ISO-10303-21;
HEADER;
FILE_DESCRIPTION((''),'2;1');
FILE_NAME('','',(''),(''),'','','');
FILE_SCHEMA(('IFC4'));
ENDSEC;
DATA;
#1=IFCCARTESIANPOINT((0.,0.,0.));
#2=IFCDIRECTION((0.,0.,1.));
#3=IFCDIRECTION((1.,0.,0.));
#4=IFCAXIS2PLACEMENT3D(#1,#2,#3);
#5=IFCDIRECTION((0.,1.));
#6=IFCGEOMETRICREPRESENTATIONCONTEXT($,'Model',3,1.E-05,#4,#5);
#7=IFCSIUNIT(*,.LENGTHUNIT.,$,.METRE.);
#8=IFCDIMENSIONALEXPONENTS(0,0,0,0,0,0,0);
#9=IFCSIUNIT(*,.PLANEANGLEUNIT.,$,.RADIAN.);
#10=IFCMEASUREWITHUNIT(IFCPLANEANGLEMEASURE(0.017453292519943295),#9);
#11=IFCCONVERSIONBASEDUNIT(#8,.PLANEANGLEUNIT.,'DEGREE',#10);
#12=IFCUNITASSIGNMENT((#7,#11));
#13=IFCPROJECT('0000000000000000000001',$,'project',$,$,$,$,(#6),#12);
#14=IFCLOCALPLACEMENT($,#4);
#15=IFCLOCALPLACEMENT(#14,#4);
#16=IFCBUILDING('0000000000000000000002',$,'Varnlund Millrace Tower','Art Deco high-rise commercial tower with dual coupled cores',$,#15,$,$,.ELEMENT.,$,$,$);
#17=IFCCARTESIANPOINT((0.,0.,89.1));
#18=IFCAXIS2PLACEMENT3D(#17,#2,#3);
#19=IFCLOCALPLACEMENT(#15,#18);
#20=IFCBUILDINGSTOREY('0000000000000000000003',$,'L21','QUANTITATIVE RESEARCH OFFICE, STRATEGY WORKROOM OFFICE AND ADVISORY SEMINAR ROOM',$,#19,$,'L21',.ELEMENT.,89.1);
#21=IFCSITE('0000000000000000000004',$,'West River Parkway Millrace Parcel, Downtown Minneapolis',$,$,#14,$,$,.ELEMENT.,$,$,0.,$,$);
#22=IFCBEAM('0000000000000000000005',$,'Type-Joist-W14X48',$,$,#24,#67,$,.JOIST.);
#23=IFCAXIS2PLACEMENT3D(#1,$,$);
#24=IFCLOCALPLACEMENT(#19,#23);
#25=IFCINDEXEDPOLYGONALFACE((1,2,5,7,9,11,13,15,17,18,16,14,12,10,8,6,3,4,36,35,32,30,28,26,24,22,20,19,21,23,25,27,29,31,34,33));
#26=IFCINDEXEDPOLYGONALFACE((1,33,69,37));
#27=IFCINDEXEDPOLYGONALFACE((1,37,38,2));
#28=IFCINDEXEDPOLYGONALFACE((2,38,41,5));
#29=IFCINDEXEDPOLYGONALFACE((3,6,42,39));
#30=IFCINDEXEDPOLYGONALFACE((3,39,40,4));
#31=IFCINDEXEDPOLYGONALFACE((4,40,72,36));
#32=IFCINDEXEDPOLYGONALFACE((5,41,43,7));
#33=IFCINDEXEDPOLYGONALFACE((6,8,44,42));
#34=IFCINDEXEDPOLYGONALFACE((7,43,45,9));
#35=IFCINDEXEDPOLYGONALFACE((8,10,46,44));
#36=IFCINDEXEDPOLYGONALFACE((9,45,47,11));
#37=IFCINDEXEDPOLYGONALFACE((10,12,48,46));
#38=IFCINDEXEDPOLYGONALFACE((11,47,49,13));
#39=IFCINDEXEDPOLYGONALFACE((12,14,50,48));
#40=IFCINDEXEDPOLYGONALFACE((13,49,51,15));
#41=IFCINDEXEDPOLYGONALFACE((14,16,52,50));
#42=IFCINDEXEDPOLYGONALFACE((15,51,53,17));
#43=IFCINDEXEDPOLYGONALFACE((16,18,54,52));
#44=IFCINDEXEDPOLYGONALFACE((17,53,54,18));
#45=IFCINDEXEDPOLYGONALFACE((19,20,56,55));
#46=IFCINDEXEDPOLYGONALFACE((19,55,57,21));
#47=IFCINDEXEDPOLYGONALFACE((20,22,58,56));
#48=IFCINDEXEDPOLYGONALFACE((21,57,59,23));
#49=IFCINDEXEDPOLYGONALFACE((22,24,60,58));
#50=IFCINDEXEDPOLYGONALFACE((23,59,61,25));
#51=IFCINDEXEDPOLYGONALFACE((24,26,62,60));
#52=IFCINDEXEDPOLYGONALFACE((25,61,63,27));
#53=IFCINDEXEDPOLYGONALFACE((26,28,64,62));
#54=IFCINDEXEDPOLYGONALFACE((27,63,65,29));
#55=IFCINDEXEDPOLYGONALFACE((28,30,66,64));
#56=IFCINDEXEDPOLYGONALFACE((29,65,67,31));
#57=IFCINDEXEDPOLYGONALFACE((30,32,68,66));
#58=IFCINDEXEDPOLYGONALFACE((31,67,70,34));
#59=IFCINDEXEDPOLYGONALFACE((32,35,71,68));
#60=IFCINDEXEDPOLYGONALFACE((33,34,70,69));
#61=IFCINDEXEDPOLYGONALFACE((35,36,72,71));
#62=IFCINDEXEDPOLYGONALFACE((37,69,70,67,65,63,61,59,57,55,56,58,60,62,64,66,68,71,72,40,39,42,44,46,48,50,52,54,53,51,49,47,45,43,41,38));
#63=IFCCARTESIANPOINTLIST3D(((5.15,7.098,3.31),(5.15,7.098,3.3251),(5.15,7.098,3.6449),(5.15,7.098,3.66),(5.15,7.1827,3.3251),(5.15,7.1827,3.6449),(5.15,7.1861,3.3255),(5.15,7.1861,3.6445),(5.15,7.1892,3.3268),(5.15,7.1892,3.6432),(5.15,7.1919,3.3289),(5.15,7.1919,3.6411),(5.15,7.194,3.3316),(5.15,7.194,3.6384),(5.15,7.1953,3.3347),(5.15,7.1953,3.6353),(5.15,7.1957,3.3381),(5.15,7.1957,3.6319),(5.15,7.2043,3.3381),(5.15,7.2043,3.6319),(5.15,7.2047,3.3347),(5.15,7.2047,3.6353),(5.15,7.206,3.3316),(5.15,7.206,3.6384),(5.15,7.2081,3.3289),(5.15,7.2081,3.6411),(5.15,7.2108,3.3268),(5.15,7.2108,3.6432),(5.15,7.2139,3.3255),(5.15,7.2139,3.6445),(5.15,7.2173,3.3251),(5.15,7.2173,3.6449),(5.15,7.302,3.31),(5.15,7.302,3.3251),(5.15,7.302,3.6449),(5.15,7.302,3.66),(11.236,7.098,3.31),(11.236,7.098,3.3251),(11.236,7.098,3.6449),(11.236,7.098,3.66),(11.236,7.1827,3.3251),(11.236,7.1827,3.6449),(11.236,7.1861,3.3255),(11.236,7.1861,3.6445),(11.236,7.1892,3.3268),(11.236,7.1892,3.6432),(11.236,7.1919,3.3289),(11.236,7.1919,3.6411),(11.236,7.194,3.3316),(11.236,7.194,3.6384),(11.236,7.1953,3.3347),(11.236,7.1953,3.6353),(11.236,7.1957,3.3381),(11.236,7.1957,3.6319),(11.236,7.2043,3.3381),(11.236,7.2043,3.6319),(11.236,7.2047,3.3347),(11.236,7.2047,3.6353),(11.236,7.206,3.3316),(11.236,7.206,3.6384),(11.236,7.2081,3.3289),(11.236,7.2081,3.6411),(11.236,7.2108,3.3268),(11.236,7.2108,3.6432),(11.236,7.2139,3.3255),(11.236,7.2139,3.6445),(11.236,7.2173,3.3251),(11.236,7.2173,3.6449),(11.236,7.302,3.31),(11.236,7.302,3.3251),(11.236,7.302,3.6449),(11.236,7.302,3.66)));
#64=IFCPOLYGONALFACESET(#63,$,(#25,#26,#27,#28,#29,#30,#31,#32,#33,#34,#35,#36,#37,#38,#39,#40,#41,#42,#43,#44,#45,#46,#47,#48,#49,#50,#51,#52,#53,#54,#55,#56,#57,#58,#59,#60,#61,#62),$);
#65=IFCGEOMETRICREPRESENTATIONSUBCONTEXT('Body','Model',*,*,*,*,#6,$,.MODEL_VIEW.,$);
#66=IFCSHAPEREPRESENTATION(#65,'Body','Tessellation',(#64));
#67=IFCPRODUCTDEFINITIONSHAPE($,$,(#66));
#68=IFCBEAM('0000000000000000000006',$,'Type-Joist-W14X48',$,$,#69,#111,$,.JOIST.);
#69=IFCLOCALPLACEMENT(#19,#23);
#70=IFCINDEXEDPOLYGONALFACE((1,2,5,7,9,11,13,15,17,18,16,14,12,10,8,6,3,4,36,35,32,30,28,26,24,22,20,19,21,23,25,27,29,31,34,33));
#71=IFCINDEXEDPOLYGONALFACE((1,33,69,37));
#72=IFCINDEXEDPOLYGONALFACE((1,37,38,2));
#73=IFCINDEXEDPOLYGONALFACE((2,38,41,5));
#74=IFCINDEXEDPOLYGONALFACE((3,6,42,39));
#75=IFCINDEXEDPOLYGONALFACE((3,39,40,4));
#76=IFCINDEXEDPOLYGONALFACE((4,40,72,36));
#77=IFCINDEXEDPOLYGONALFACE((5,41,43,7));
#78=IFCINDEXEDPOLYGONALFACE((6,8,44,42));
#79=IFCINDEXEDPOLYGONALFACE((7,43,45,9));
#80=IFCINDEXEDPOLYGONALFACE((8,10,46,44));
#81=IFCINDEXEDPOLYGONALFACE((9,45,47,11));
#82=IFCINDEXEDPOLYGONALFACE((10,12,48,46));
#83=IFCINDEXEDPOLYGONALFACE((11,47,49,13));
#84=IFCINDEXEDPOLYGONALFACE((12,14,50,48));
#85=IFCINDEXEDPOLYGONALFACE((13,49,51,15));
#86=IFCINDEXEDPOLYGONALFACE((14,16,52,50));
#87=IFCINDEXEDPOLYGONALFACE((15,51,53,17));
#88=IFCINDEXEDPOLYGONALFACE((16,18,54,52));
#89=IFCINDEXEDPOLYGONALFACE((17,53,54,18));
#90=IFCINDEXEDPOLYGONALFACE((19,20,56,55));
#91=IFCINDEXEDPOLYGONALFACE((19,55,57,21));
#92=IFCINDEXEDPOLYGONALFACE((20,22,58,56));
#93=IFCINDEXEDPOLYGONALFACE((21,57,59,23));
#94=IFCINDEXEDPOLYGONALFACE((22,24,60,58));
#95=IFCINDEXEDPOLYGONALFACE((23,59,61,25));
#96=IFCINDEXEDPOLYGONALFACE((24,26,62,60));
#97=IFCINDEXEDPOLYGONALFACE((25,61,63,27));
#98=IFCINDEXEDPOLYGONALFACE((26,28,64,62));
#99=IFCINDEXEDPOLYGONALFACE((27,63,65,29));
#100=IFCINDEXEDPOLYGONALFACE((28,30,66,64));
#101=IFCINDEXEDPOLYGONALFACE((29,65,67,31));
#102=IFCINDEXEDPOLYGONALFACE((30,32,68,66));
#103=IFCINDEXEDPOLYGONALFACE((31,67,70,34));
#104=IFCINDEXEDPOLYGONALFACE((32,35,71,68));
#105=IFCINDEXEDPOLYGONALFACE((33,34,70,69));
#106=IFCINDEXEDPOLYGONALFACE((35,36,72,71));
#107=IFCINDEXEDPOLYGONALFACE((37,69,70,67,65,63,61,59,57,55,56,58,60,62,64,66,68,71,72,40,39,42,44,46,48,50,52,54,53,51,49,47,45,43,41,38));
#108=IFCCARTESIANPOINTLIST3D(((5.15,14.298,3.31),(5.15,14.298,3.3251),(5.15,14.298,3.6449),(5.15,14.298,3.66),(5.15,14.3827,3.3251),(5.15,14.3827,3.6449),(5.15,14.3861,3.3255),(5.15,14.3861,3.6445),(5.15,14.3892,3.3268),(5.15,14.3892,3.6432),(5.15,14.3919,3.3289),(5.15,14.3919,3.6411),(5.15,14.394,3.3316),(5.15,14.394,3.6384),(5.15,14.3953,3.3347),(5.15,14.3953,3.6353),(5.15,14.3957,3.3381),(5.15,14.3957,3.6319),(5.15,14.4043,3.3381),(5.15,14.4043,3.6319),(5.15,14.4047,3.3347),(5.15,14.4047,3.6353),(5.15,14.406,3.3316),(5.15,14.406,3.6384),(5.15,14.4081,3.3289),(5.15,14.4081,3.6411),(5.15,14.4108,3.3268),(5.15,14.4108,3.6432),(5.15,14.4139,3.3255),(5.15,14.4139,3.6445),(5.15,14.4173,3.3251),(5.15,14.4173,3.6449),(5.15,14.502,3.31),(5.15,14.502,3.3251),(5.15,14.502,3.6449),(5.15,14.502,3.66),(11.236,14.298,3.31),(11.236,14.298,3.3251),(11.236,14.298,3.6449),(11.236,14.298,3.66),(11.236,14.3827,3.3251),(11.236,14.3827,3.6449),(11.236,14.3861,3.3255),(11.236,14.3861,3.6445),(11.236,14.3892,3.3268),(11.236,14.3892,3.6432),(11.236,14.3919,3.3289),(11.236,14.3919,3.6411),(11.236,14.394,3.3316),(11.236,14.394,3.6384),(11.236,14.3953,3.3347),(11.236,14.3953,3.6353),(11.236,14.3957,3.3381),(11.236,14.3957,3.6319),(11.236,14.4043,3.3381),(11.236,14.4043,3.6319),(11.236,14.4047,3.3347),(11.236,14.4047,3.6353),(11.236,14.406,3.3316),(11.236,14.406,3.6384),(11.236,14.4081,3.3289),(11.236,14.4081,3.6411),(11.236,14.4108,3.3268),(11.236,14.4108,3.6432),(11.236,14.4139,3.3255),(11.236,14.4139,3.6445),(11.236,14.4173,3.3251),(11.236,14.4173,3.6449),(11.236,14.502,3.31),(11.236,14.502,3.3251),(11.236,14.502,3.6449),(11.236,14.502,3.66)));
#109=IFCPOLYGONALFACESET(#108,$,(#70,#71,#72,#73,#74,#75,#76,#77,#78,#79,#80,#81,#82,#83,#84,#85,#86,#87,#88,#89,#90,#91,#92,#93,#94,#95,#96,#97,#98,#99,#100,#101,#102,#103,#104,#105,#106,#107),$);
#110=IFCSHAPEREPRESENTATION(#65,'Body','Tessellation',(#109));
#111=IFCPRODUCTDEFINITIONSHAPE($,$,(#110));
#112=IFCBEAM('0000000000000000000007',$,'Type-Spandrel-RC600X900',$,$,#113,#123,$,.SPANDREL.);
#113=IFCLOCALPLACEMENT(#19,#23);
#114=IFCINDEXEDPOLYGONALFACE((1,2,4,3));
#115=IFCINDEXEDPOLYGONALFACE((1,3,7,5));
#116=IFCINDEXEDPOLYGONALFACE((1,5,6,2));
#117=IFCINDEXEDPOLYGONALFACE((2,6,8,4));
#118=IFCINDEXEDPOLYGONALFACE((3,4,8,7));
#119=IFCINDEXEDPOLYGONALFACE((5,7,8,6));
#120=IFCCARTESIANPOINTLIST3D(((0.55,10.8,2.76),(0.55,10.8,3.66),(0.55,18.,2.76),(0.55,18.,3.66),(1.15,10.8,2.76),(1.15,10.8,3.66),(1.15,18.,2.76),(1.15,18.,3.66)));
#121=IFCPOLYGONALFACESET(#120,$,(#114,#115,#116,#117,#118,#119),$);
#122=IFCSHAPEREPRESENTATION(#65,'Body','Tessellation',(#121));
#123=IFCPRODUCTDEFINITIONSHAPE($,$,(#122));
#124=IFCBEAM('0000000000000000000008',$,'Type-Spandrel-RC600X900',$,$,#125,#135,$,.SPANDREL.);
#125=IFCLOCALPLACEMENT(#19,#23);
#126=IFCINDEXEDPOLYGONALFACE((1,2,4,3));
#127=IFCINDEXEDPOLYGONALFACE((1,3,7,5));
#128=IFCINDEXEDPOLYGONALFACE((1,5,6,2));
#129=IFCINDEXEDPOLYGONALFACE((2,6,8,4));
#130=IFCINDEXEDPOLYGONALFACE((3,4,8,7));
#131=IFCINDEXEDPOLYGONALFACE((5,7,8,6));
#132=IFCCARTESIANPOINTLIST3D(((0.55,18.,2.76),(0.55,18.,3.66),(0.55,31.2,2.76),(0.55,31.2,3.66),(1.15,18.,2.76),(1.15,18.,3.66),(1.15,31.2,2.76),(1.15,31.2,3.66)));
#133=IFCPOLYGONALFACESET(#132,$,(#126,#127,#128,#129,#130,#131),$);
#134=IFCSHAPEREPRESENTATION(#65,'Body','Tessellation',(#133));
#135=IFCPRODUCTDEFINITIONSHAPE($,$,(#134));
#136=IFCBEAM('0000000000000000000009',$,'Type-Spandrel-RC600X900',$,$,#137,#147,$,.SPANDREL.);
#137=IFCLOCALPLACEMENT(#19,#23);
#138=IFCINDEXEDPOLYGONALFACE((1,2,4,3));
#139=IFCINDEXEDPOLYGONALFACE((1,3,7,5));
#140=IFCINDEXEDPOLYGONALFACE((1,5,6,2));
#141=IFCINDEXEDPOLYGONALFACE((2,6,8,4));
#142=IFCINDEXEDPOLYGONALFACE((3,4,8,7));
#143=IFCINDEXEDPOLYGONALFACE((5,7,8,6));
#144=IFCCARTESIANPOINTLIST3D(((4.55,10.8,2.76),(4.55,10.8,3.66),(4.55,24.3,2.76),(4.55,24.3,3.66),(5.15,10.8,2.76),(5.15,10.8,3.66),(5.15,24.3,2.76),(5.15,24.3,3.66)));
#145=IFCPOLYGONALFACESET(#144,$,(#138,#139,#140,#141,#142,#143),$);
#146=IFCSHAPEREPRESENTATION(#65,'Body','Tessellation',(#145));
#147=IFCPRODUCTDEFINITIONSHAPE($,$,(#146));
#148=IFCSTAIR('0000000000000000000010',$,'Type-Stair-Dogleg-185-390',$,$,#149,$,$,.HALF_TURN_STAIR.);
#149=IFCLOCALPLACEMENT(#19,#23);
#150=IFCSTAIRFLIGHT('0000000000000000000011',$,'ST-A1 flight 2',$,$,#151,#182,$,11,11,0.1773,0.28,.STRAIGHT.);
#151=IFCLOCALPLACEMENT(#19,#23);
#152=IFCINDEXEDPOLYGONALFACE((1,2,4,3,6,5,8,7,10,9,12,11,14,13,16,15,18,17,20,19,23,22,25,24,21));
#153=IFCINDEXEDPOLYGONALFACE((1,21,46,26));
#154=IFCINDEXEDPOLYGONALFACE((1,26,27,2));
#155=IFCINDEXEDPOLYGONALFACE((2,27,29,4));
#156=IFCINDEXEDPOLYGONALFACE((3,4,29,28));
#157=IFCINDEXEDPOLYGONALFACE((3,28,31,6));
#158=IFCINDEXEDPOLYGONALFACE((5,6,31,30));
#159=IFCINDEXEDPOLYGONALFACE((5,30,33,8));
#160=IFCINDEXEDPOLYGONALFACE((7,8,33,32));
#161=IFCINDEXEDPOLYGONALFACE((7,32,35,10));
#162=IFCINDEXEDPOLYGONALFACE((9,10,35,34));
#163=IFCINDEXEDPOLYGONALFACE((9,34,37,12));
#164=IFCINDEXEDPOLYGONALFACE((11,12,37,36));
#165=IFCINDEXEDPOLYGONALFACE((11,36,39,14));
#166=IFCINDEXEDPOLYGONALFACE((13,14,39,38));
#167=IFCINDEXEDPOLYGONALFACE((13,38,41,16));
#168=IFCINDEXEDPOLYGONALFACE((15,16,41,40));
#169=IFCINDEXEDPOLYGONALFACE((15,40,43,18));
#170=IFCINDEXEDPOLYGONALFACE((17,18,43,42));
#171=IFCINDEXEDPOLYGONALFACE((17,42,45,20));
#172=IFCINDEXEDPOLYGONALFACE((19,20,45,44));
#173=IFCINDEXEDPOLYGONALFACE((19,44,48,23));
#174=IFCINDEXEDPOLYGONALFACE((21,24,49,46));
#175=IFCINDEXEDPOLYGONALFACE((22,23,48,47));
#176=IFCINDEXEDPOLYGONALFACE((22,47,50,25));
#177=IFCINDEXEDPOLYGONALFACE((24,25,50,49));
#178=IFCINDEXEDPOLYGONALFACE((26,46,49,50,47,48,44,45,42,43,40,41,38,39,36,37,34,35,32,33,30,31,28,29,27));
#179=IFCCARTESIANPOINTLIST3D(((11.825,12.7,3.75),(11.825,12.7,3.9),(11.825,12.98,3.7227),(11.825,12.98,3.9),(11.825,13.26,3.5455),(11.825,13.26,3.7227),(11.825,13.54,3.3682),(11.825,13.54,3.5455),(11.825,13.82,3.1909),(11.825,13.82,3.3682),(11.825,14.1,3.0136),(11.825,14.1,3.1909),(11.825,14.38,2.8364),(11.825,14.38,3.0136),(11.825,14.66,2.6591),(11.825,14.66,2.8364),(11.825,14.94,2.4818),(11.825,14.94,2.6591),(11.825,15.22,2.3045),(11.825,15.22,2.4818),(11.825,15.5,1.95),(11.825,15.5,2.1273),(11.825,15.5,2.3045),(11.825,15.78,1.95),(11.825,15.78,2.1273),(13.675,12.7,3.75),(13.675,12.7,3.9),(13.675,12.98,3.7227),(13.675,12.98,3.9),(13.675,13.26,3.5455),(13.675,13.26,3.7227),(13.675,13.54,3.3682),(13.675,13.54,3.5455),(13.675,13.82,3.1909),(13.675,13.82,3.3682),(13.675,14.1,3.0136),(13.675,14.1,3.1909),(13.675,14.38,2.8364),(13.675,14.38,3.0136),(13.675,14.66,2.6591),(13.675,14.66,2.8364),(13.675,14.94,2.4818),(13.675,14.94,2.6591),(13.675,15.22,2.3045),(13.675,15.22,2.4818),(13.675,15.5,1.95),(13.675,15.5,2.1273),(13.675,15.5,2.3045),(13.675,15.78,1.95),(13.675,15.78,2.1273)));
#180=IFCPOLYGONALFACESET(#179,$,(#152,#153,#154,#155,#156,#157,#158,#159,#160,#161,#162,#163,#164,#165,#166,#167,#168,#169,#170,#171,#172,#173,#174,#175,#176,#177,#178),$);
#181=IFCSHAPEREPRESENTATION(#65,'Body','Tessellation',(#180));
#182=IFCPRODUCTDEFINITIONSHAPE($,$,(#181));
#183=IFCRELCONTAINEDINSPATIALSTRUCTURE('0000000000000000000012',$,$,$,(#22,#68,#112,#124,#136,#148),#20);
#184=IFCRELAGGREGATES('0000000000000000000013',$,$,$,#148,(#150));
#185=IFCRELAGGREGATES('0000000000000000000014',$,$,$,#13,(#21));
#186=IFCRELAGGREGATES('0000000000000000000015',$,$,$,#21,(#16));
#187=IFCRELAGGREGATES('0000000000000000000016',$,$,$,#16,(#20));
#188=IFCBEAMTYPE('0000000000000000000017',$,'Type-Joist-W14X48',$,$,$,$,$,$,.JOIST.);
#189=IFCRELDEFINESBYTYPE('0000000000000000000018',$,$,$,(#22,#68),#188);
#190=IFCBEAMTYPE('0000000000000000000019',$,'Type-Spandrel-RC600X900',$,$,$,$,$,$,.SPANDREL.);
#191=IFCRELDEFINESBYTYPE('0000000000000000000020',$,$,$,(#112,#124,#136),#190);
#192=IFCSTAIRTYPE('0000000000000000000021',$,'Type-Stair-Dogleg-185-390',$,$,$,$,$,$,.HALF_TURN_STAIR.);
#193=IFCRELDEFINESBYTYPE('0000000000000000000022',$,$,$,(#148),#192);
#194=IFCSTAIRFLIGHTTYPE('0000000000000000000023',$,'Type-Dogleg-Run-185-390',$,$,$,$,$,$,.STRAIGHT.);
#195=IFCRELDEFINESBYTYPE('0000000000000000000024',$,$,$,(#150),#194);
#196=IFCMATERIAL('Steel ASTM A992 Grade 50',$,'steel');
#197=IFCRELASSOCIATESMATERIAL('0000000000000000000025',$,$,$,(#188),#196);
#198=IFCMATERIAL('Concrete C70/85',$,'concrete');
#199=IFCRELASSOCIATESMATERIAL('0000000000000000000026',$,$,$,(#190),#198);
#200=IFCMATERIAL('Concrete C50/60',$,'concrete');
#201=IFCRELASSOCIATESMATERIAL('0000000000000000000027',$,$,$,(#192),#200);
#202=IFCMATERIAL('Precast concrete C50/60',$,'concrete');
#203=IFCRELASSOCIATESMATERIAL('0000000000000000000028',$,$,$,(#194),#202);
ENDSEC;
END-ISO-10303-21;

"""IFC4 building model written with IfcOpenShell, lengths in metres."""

from ifc_helpers import new_model, entity, si_unit, converted_unit, direction, frame, origin_with_axes, origin_2d_with_axis, place, context, subcontext, project, spatial, polyline, rectangle, i_section, outline, extrude, material, material_profile, profile_set, type_object, element, aggregate, save


model = new_model("IFC4")

# Units and contexts
model_context = context("Model", 3, precision=1e-05, world=origin_with_axes(), true_north=direction((0.0, 1.0)))
body_context = subcontext(model_context, "Body", "Model", "MODEL_VIEW")
ifc_project = project(units=[si_unit("LENGTHUNIT", "METRE"), converted_unit("PLANEANGLEUNIT", "DEGREE", entity("IfcPlaneAngleMeasure", 0.017453292519943295), si_unit("PLANEANGLEUNIT", "RADIAN"), dimensions=[0, 0, 0, 0, 0, 0, 0])], contexts=[model_context])

# Site, building, storey
site_placement = place(None, origin_with_axes())
site = spatial("IfcSite", under=ifc_project, at=site_placement, Name="West River Parkway Millrace Parcel, Downtown Minneapolis", CompositionType="ELEMENT", RefElevation=0.0)
building_placement = place(site_placement, origin_with_axes())
building = spatial("IfcBuilding", under=site, at=building_placement, Name="Varnlund Millrace Tower", Description="Art Deco high-rise commercial tower with dual coupled cores", CompositionType="ELEMENT")
storey_placement = place(building_placement, frame((0.0, 0.0, 89.1), z_axis=(0.0, 0.0, 1.0), x_axis=(1.0, 0.0, 0.0)))
storey = spatial("IfcBuildingStorey", under=building, at=storey_placement, Name="L21", Description="QUANTITATIVE RESEARCH OFFICE, STRATEGY WORKROOM OFFICE AND ADVISORY SEMINAR ROOM", LongName="L21", CompositionType="ELEMENT", Elevation=89.1)

# Beams
ifc_material_1 = material(Name="Steel ASTM A992 Grade 50", Category="steel")
ifc_material_profile_1 = material_profile(ifc_material_1, i_section(OverallWidth=0.204, OverallDepth=0.35, WebThickness=0.0086, FlangeThickness=0.0151, FilletRadius=0.013, at=origin_2d_with_axis()), Name="Steel ASTM A992 Grade 50")
ifc_profile_set_1 = profile_set([ifc_material_profile_1], Name="Steel ASTM A992 Grade 50")
beam_type_1 = type_object("IfcBeamType", Name="Type-Joist-W14X48", PredefinedType="JOIST", material=ifc_profile_set_1)
for number, where, z_axis, x_axis, name in (
    (1, (5.15, 7.2, 3.485), (1.0, 0.0, 0.0), (0.0, 1.0, 0.0), "Type-Joist-W14X48"),
    (2, (5.15, 14.4, 3.485), (1.0, 0.0, 0.0), (0.0, 1.0, 0.0), "Type-Joist-W14X48"),
):
    element("IfcBeam", number, at=place(storey_placement, frame(where, z_axis=z_axis, x_axis=x_axis)), inside=storey, type_object=beam_type_1, Name=name, PredefinedType="JOIST", context=body_context, shape_type="SweptSolid", body=[
        extrude(i_section(OverallWidth=0.204, OverallDepth=0.35, WebThickness=0.0086, FlangeThickness=0.0151, FilletRadius=0.013, at=origin_2d_with_axis()), origin_with_axes(), (0.0, 0.0, 1.0), 6.086),
    ])
ifc_material_2 = material(Name="Concrete C70/85", Category="concrete")
ifc_material_profile_2 = material_profile(ifc_material_2, rectangle(XDim=0.6, YDim=0.9, at=origin_2d_with_axis()), Name="Concrete C70/85")
ifc_profile_set_2 = profile_set([ifc_material_profile_2], Name="Concrete C70/85")
beam_type_2 = type_object("IfcBeamType", Name="Type-Spandrel-RC600X900", PredefinedType="SPANDREL", material=ifc_profile_set_2)
beam_1_placement = place(storey_placement, frame((0.85, 10.8, 3.21), z_axis=(0.0, 1.0, 0.0), x_axis=(-1.0, 0.0, 0.0)))
element("IfcBeam", 3, at=beam_1_placement, inside=storey, type_object=beam_type_2, Name="Type-Spandrel-RC600X900", PredefinedType="SPANDREL", context=body_context, shape_type="SweptSolid", body=[
    extrude(rectangle(XDim=0.6, YDim=0.9, at=origin_2d_with_axis()), origin_with_axes(), (0.0, 0.0, 1.0), 7.2),
])
beam_2_placement = place(storey_placement, frame((0.85, 18.0, 3.21), z_axis=(0.0, 1.0, 0.0), x_axis=(-1.0, 0.0, 0.0)))
element("IfcBeam", 4, at=beam_2_placement, inside=storey, type_object=beam_type_2, Name="Type-Spandrel-RC600X900", PredefinedType="SPANDREL", context=body_context, shape_type="SweptSolid", body=[
    extrude(rectangle(XDim=0.6, YDim=0.9, at=origin_2d_with_axis()), origin_with_axes(), (0.0, 0.0, 1.0), 13.2),
])
beam_3_placement = place(storey_placement, frame((4.85, 10.8, 3.21), z_axis=(0.0, 1.0, 0.0), x_axis=(-1.0, 0.0, 0.0)))
element("IfcBeam", 5, at=beam_3_placement, inside=storey, type_object=beam_type_2, Name="Type-Spandrel-RC600X900", PredefinedType="SPANDREL", context=body_context, shape_type="SweptSolid", body=[
    extrude(rectangle(XDim=0.6, YDim=0.9, at=origin_2d_with_axis()), origin_with_axes(), (0.0, 0.0, 1.0), 13.5),
])

# Stair, stair flight
ifc_material_3 = material(Name="Concrete C50/60", Category="concrete")
stair_type = type_object("IfcStairType", Name="Type-Stair-Dogleg-185-390", PredefinedType="HALF_TURN_STAIR", material=ifc_material_3)
stair_placement = place(storey_placement, origin_with_axes())
stair = element("IfcStair", 6, at=stair_placement, inside=storey, type_object=stair_type, Name="Type-Stair-Dogleg-185-390", PredefinedType="HALF_TURN_STAIR")
ifc_material_4 = material(Name="Precast concrete C50/60", Category="concrete")
stair_flight_type = type_object("IfcStairFlightType", Name="Type-Dogleg-Run-185-390", PredefinedType="STRAIGHT", material=ifc_material_4)
stair_flight_placement = place(storey_placement, frame((13.675, 15.78, 1.95), z_axis=(-1.0, 0.0, 0.0), x_axis=(0.0, -1.0, 0.0)))
stair_flight = element("IfcStairFlight", 7, at=stair_flight_placement, type_object=stair_flight_type, Name="ST-A1 flight 2", NumberOfRisers=11, NumberOfTreads=11, PredefinedType="STRAIGHT", RiserHeight=0.1773, TreadLength=0.28, context=body_context, shape_type="SweptSolid", body=[
    extrude(outline(polyline([(0.0, 0.0), (0.0, 0.1773), (0.28, 0.1773), (0.28, 0.3545), (0.56, 0.3545), (0.56, 0.5318), (0.84, 0.5318), (0.84, 0.7091), (1.12, 0.7091), (1.12, 0.8864), (1.4, 0.8864), (1.4, 1.0636), (1.68, 1.0636), (1.68, 1.2409), (1.96, 1.2409), (1.96, 1.4182), (2.24, 1.4182), (2.24, 1.5955), (2.52, 1.5955), (2.52, 1.7727), (2.8, 1.7727), (2.8, 1.95), (3.08, 1.95), (3.08, 1.8), (0.28, 0.0), (0.0, 0.0)])), origin_with_axes(), (0.0, 0.0, 1.0), 1.85),
])
aggregate(stair, [stair_flight])

save(model, "model.ifc")
